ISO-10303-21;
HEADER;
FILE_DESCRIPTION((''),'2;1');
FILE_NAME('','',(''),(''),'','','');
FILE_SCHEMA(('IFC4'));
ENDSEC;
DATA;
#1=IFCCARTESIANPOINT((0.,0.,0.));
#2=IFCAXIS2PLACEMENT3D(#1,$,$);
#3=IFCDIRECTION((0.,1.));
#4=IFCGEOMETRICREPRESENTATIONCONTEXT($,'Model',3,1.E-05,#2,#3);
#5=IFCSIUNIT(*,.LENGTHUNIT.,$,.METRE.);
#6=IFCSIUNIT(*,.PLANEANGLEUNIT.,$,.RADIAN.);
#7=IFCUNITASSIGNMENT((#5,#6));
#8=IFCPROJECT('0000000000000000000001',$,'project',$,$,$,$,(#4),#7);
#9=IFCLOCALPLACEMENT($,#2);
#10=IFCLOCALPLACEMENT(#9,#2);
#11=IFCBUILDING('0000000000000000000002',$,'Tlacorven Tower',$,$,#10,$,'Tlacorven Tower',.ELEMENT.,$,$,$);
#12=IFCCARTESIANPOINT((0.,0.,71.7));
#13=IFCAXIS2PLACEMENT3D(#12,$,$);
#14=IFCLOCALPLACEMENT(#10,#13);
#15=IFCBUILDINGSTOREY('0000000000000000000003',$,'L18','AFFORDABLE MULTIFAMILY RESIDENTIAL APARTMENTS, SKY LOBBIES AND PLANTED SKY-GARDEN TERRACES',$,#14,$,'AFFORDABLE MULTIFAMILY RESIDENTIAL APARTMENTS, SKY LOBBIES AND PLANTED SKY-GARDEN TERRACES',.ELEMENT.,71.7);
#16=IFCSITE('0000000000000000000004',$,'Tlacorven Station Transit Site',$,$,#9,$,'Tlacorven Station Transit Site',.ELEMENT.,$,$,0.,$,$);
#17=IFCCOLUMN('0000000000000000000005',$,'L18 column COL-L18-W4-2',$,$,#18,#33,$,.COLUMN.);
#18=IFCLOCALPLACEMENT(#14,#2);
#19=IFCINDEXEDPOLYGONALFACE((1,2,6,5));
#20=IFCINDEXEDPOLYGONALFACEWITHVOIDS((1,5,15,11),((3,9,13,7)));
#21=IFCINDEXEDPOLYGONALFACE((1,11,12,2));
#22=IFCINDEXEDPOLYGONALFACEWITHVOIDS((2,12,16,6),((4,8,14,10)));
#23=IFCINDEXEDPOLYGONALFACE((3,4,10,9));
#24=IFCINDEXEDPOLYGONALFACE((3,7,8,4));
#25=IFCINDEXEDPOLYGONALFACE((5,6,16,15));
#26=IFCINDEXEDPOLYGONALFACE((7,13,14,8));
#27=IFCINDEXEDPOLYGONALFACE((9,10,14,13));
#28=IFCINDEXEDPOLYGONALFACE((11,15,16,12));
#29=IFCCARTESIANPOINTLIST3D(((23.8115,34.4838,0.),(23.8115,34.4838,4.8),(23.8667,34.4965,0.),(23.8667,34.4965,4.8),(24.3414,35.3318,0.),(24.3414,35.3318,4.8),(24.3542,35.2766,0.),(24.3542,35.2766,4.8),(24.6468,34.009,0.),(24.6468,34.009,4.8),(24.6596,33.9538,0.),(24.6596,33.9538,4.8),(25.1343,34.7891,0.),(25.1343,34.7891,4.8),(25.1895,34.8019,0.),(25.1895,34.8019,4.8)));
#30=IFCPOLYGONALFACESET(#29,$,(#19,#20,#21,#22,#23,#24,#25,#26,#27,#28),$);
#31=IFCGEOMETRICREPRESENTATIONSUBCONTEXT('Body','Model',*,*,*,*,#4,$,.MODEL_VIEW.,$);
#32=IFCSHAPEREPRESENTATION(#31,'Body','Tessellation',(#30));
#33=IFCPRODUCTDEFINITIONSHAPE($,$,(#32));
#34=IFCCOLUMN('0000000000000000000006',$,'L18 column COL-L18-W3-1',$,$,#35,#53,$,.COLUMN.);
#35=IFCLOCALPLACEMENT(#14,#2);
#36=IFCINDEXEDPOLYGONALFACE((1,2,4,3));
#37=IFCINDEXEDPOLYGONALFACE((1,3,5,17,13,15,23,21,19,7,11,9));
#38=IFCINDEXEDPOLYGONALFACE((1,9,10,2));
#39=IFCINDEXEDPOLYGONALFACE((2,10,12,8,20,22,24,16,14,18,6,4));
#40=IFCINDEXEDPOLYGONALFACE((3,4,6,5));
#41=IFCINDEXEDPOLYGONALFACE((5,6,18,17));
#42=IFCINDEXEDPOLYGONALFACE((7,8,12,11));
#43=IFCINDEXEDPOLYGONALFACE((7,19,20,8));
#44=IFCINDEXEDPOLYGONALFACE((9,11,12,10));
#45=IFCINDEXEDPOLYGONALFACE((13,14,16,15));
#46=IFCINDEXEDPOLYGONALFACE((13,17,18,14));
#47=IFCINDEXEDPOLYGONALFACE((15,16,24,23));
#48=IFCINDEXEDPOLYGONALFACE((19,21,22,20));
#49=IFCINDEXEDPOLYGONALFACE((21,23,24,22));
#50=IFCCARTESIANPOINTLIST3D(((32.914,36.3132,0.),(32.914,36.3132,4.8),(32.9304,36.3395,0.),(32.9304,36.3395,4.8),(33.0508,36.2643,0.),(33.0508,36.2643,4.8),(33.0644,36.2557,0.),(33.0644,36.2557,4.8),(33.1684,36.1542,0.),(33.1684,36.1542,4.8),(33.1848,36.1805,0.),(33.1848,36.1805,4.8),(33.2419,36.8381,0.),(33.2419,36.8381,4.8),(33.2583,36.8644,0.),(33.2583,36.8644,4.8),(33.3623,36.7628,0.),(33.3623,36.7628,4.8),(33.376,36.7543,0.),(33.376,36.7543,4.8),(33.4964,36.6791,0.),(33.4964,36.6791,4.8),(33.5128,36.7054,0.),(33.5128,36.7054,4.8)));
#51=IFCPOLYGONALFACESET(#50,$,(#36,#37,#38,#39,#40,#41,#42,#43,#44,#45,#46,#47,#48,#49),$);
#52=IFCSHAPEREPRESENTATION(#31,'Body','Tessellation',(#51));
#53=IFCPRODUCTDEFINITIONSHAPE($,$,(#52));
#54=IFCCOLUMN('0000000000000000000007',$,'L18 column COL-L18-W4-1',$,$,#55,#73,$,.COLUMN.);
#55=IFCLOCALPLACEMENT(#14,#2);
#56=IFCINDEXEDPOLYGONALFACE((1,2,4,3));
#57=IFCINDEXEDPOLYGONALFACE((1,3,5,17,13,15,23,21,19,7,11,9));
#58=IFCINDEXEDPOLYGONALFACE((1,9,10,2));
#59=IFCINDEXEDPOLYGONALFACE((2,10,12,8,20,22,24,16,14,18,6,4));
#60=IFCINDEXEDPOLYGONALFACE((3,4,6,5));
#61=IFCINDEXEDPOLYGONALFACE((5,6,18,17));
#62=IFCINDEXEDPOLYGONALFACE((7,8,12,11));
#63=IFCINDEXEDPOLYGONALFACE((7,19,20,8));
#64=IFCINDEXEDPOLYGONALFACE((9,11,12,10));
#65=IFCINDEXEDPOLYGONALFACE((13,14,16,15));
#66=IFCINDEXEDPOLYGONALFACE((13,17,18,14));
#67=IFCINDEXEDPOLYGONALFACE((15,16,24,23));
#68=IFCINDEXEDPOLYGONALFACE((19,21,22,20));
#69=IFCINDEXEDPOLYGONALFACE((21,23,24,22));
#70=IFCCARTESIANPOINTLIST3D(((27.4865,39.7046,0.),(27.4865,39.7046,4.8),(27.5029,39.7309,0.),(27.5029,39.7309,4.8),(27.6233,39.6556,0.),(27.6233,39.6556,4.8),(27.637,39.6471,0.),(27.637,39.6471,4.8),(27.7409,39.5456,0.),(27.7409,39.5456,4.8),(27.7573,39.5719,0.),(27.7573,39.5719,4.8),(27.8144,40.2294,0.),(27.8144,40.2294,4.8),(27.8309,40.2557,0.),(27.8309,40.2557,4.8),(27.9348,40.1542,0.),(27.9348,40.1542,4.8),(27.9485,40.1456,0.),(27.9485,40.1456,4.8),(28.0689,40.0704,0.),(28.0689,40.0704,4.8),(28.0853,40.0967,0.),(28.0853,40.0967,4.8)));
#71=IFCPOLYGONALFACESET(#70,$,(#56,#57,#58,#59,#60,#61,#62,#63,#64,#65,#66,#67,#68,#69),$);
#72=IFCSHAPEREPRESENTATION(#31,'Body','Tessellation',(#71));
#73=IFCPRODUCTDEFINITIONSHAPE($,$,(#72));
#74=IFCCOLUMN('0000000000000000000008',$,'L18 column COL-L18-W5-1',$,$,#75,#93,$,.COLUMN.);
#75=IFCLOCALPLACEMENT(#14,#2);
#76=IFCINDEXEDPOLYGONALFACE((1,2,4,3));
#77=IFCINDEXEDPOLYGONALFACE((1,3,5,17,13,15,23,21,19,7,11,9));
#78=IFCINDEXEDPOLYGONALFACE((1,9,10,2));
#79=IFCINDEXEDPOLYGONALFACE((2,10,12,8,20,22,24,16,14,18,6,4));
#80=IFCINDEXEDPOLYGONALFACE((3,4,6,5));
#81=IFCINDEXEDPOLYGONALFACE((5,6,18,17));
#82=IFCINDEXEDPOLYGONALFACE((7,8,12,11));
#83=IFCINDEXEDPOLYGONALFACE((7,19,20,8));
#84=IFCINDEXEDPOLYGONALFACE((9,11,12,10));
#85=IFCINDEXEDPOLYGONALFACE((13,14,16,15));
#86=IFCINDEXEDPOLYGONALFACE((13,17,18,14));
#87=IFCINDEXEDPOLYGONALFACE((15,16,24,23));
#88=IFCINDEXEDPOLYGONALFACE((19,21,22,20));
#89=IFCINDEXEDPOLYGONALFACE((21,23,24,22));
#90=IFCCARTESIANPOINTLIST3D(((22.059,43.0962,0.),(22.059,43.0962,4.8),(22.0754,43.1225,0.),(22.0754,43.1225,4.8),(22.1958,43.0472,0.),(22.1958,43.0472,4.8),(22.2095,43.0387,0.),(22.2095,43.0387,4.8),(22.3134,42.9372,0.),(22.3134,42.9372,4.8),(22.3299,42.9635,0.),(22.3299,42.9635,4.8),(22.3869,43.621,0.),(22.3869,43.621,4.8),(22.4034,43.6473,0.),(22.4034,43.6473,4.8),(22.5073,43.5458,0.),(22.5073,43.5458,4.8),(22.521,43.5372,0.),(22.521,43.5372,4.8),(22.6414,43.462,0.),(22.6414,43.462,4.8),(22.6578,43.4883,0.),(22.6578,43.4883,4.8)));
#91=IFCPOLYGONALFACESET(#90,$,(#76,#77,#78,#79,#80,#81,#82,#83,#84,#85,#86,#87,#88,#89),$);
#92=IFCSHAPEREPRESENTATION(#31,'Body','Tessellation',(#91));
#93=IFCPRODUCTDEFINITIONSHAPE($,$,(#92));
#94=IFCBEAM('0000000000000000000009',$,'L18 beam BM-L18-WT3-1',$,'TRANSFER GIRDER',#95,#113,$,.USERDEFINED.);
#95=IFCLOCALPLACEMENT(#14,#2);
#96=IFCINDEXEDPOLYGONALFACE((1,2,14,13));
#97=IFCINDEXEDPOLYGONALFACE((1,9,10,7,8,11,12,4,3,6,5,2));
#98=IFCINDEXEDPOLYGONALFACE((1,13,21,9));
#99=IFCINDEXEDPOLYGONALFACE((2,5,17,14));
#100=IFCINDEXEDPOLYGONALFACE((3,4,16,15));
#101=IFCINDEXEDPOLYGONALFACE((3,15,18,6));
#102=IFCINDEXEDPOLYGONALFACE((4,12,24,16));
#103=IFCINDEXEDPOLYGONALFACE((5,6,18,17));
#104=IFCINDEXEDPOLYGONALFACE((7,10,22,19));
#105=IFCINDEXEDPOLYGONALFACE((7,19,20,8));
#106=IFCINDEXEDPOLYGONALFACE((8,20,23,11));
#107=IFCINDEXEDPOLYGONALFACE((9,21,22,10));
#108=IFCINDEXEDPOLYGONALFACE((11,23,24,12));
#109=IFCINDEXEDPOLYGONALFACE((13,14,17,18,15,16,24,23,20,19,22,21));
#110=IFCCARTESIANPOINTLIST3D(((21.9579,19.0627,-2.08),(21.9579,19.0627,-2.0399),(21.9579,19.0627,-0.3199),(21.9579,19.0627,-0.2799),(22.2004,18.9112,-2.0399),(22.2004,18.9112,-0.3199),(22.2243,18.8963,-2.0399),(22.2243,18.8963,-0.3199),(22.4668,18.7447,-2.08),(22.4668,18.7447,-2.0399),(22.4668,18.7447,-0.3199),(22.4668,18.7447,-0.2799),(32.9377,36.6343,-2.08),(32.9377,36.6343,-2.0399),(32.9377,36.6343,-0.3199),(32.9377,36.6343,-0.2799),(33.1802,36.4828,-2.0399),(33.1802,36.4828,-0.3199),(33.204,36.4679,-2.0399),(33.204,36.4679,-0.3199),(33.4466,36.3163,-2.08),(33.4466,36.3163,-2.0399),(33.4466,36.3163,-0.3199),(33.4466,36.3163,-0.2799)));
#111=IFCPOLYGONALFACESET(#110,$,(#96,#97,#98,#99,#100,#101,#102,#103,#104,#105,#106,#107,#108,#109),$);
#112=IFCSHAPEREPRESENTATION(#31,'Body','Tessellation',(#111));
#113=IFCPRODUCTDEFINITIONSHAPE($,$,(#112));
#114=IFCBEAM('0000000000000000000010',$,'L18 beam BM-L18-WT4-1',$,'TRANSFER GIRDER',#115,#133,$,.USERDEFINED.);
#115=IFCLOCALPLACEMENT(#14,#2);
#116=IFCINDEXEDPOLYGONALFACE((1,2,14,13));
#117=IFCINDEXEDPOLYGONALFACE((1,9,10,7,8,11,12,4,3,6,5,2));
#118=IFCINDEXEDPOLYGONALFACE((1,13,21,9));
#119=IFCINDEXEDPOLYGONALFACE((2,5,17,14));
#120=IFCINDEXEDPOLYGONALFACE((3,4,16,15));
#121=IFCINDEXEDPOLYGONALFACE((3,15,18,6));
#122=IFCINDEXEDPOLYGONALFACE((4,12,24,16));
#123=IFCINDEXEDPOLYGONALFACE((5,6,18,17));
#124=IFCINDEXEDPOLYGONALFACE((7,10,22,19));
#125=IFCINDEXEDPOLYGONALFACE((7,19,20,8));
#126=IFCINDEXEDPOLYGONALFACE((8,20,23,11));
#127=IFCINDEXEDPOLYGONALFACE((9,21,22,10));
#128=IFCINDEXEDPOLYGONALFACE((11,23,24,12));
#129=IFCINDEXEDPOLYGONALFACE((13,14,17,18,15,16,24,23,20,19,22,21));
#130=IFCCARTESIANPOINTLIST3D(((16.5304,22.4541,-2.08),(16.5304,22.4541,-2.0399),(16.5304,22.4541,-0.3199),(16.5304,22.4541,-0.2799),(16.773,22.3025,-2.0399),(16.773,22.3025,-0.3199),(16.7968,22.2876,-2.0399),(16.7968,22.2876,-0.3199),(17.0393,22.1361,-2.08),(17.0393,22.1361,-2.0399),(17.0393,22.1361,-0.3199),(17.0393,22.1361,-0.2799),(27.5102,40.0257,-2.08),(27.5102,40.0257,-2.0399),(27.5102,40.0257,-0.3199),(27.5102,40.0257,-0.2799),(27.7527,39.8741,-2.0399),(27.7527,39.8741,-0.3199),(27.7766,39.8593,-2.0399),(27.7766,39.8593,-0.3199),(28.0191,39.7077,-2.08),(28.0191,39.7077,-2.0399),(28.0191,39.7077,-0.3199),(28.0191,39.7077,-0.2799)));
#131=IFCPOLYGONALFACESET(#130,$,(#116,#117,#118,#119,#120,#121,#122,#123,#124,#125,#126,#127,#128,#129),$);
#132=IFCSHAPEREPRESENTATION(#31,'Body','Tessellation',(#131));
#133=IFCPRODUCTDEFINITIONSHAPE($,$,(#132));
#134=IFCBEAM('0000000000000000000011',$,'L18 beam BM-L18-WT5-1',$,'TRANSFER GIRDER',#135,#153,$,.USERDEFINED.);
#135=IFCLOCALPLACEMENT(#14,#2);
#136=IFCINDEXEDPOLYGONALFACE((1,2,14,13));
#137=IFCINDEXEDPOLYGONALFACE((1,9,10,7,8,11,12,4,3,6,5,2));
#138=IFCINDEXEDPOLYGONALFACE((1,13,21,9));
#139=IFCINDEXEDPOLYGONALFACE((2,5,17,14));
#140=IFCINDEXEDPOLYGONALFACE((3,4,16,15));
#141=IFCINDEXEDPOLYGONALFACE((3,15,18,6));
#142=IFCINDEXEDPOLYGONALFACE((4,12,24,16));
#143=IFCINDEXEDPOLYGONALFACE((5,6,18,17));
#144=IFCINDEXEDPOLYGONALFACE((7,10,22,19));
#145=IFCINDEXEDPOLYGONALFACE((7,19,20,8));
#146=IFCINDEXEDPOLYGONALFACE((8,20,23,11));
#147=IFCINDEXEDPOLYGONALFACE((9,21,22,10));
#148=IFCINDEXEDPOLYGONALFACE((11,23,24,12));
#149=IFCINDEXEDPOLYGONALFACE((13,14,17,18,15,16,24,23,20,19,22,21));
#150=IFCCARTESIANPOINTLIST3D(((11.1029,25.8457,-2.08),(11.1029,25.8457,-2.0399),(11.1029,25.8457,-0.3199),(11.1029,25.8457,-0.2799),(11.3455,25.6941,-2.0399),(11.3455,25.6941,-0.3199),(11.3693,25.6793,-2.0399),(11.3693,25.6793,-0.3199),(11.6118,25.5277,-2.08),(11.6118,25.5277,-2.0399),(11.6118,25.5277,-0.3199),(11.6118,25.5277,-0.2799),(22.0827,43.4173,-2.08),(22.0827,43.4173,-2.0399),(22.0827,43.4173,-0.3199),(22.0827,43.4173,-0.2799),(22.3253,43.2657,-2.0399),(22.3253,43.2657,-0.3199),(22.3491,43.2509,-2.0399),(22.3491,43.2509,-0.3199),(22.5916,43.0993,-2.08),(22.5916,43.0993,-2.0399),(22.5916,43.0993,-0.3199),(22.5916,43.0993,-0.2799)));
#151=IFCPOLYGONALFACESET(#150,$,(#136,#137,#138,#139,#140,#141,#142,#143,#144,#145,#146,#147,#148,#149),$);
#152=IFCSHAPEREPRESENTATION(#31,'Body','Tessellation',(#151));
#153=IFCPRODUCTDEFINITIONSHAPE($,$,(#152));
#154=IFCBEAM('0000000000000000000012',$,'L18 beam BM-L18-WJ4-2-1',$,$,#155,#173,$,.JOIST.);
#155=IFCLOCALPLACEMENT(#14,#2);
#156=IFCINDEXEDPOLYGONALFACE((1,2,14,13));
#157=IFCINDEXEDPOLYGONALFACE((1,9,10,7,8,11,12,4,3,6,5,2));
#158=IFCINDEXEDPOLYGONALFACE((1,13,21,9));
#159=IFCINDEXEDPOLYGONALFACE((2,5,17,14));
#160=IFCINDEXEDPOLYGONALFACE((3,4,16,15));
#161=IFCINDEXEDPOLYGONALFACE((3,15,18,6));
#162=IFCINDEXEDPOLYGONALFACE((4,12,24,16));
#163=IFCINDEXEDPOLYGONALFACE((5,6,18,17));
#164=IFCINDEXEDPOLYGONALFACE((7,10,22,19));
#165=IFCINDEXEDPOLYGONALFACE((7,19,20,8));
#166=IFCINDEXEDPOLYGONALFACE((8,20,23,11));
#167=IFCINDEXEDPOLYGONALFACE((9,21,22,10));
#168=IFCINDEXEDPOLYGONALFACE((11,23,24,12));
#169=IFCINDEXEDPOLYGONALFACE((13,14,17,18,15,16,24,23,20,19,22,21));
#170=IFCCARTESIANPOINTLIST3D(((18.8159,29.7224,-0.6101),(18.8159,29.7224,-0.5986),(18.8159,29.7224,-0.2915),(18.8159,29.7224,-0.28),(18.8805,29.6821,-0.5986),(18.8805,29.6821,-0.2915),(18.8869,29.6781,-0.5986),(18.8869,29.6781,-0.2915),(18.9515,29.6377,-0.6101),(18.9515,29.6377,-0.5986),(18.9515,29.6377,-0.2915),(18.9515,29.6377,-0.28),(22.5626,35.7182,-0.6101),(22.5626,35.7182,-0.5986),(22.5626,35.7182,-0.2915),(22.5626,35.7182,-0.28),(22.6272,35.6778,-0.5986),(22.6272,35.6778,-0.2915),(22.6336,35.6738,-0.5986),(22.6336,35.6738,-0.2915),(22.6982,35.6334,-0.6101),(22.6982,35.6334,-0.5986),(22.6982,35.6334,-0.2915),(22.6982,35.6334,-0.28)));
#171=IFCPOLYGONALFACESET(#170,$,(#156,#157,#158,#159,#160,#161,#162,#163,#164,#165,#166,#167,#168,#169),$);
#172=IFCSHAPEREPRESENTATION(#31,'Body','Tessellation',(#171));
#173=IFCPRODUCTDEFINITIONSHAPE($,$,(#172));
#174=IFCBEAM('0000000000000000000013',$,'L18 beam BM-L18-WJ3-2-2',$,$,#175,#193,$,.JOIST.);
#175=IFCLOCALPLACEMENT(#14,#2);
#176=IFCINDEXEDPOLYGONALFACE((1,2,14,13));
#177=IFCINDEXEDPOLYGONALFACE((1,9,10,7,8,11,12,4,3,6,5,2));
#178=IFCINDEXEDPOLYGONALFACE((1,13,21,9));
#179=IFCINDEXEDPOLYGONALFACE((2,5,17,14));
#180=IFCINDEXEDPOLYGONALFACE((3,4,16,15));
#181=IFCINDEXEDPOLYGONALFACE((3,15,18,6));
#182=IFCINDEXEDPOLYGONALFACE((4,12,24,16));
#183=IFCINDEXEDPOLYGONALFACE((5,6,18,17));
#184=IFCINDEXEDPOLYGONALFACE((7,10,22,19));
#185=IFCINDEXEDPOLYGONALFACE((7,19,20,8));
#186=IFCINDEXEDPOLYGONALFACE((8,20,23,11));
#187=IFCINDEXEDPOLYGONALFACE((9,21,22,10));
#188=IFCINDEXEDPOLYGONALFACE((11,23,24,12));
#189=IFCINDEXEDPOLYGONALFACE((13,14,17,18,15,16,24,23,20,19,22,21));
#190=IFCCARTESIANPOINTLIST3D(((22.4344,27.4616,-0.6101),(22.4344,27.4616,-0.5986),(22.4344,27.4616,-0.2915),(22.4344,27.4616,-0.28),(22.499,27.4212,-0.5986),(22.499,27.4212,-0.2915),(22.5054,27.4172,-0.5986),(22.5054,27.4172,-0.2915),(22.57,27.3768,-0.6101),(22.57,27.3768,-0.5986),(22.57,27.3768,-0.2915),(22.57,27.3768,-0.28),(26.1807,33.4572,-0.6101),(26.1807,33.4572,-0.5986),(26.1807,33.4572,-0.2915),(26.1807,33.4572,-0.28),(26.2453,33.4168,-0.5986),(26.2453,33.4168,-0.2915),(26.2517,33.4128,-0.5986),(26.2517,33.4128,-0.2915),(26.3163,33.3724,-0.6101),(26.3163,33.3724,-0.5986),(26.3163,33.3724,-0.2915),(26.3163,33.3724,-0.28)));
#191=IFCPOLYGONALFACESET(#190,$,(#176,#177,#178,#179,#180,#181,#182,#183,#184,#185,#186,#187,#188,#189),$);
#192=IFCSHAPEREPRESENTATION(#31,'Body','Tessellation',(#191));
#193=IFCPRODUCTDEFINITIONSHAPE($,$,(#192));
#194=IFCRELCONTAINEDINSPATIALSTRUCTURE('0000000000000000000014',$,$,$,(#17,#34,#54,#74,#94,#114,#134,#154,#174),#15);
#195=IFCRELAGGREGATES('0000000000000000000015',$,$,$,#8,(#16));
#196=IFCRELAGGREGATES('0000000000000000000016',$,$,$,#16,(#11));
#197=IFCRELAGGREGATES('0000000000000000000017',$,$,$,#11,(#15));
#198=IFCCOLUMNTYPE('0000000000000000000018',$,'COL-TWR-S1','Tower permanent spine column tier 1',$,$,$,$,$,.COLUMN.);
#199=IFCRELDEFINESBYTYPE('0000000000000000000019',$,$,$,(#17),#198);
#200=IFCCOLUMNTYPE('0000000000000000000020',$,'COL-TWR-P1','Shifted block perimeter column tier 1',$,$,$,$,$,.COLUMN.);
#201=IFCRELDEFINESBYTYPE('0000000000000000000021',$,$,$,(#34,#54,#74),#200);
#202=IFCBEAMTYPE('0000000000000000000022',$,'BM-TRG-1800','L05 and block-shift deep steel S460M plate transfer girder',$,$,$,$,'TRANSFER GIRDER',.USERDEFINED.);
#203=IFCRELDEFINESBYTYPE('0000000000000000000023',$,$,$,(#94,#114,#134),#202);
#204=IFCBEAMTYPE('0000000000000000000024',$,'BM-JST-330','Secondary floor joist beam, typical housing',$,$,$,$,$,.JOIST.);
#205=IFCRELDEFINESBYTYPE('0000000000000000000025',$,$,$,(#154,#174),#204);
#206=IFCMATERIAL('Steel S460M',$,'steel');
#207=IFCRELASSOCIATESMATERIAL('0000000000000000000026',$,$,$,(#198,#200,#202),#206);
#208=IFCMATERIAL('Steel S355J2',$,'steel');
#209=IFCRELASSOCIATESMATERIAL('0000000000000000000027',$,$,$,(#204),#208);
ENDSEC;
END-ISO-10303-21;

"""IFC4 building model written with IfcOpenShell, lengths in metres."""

from ifc_helpers import new_model, si_unit, direction, frame, origin, origin_2d, place, context, subcontext, project, spatial, hollow_rectangle, i_section, extrude, source, transform, mapped, material, material_profile, profile_set, type_object, element, save


model = new_model("IFC4")

# Units and contexts
model_context = context("Model", 3, precision=1e-05, world=origin(), true_north=direction((0.0, 1.0)))
body_context = subcontext(model_context, "Body", "Model", "MODEL_VIEW")
ifc_project = project(units=[si_unit("LENGTHUNIT", "METRE"), si_unit("PLANEANGLEUNIT", "RADIAN")], contexts=[model_context])

# Site, building, storey
site_placement = place(None, origin())
site = spatial("IfcSite", under=ifc_project, at=site_placement, Name="Tlacorven Station Transit Site", LongName="Tlacorven Station Transit Site", CompositionType="ELEMENT", RefElevation=0.0)
building_placement = place(site_placement, origin())
building = spatial("IfcBuilding", under=site, at=building_placement, Name="Tlacorven Tower", LongName="Tlacorven Tower", CompositionType="ELEMENT")
storey_placement = place(building_placement, frame((0.0, 0.0, 71.7)))
storey = spatial("IfcBuildingStorey", under=building, at=storey_placement, Name="L18", Description="AFFORDABLE MULTIFAMILY RESIDENTIAL APARTMENTS, SKY LOBBIES AND PLANTED SKY-GARDEN TERRACES", LongName="AFFORDABLE MULTIFAMILY RESIDENTIAL APARTMENTS, SKY LOBBIES AND PLANTED SKY-GARDEN TERRACES", CompositionType="ELEMENT", Elevation=71.7)

# Columns
ifc_material_1 = material(Name="Steel S460M", Category="steel")
ifc_material_profile_1 = material_profile(ifc_material_1, hollow_rectangle(XDim=1.0, YDim=1.0, WallThickness=0.04, at=origin_2d()), Name="BOX 1000X1000X40")
ifc_profile_set_1 = profile_set([ifc_material_profile_1], Name="Steel S460M")
column_type_1 = type_object("IfcColumnType", Name="COL-TWR-S1", Description="Tower permanent spine column tier 1", PredefinedType="COLUMN", material=ifc_profile_set_1)
shared_shape_1 = source(origin(), body_context, "Body", "SweptSolid", [
    extrude(hollow_rectangle(XDim=1.0, YDim=1.0, WallThickness=0.04, at=origin_2d()), origin(), (0.0, 0.0, 1.0), 4.8),
])
column_placement = place(storey_placement, frame((24.5005, 34.6428, 0.0), z_axis=(0.0, 0.0, 1.0), x_axis=(-0.848048, 0.529919, 0.0)))
element("IfcColumn", 1, at=column_placement, inside=storey, type_object=column_type_1, Name="L18 column COL-L18-W4-2", PredefinedType="COLUMN", context=body_context, shape_type="MappedRepresentation", body=[
    mapped(shared_shape_1, transform((0.0, 0.0, 0.0), scale=1.0)),
])
ifc_material_profile_2 = material_profile(ifc_material_1, i_section(OverallWidth=0.3, OverallDepth=0.6499, WebThickness=0.0161, FlangeThickness=0.031, at=origin_2d()), Name="HEB 650")
ifc_profile_set_2 = profile_set([ifc_material_profile_2], Name="Steel S460M")
column_type_2 = type_object("IfcColumnType", Name="COL-TWR-P1", Description="Shifted block perimeter column tier 1", PredefinedType="COLUMN", material=ifc_profile_set_2)
shared_shape_2 = source(origin(), body_context, "Body", "SweptSolid", [
    extrude(i_section(OverallWidth=0.3, OverallDepth=0.6499, WebThickness=0.0161, FlangeThickness=0.031, at=origin_2d()), origin(), (0.0, 0.0, 1.0), 4.8),
])
for number, where, z_axis, x_axis, name in (
    (2, (33.2134, 36.5093, 0.0), (0.0, 0.0, 1.0), (-0.848048, 0.529919, 0.0), "L18 column COL-L18-W3-1"),
    (3, (27.7859, 39.9006, 0.0), (0.0, 0.0, 1.0), (-0.848048, 0.529919, 0.0), "L18 column COL-L18-W4-1"),
    (4, (22.3584, 43.2922, 0.0), (0.0, 0.0, 1.0), (-0.848048, 0.529919, 0.0), "L18 column COL-L18-W5-1"),
):
    element("IfcColumn", number, at=place(storey_placement, frame(where, z_axis=z_axis, x_axis=x_axis)), inside=storey, type_object=column_type_2, Name=name, PredefinedType="COLUMN", context=body_context, shape_type="MappedRepresentation", body=[
        mapped(shared_shape_2, transform((0.0, 0.0, 0.0), scale=1.0)),
    ])

# Beams
ifc_material_profile_3 = material_profile(ifc_material_1, i_section(OverallWidth=0.6001, OverallDepth=1.8, WebThickness=0.0281, FlangeThickness=0.04, at=origin_2d()), Name="PG 1800X600X28X40")
ifc_profile_set_3 = profile_set([ifc_material_profile_3], Name="Steel S460M")
beam_type_1 = type_object("IfcBeamType", Name="BM-TRG-1800", Description="L05 and block-shift deep steel S460M plate transfer girder", ElementType="TRANSFER GIRDER", PredefinedType="USERDEFINED", material=ifc_profile_set_3)
shared_shape_3 = source(origin(), body_context, "Body", "SweptSolid", [
    extrude(i_section(OverallWidth=0.6001, OverallDepth=1.8, WebThickness=0.0281, FlangeThickness=0.04, at=origin_2d()), origin(), (0.0, 0.0, 1.0), 20.72),
])
for number, where, z_axis, x_axis, name in (
    (5, (33.1921, 36.4753, -1.1799), (-0.529913, -0.848052, 0.0), (0.848052, -0.529913, 0.0), "L18 beam BM-L18-WT3-1"),
    (6, (27.7646, 39.8667, -1.1799), (-0.529913, -0.848052, 0.0), (0.848052, -0.529913, 0.0), "L18 beam BM-L18-WT4-1"),
    (7, (22.3372, 43.2583, -1.1799), (-0.529913, -0.848052, 0.0), (0.848052, -0.529913, 0.0), "L18 beam BM-L18-WT5-1"),
):
    element("IfcBeam", number, at=place(storey_placement, frame(where, z_axis=z_axis, x_axis=x_axis)), inside=storey, type_object=beam_type_1, Name=name, ObjectType="TRANSFER GIRDER", PredefinedType="USERDEFINED", context=body_context, shape_type="MappedRepresentation", body=[
        mapped(shared_shape_3, transform((0.0, 0.0, 0.0), scale=1.0)),
    ])
ifc_material_2 = material(Name="Steel S355J2", Category="steel")
ifc_material_profile_4 = material_profile(ifc_material_2, i_section(OverallWidth=0.1599, OverallDepth=0.3301, WebThickness=0.0076, FlangeThickness=0.0115, at=origin_2d()), Name="IPE 330")
ifc_profile_set_4 = profile_set([ifc_material_profile_4], Name="Steel S355J2")
beam_type_2 = type_object("IfcBeamType", Name="BM-JST-330", Description="Secondary floor joist beam, typical housing", PredefinedType="JOIST", material=ifc_profile_set_4)
shared_shape_4 = source(origin(), body_context, "Body", "SweptSolid", [
    extrude(i_section(OverallWidth=0.1599, OverallDepth=0.3301, WebThickness=0.0076, FlangeThickness=0.0115, at=origin_2d()), origin(), (0.0, 0.0, 1.0), 7.0701),
])
beam_1_placement = place(storey_placement, frame((22.6304, 35.6758, -0.4451), z_axis=(-0.529931, -0.848041, 0.0), x_axis=(0.848041, -0.529931, 0.0)))
element("IfcBeam", 8, at=beam_1_placement, inside=storey, type_object=beam_type_2, Name="L18 beam BM-L18-WJ4-2-1", PredefinedType="JOIST", context=body_context, shape_type="MappedRepresentation", body=[
    mapped(shared_shape_4, transform((0.0, 0.0, 0.0), scale=1.0)),
])
shared_shape_5 = source(origin(), body_context, "Body", "SweptSolid", [
    extrude(i_section(OverallWidth=0.1599, OverallDepth=0.3301, WebThickness=0.0076, FlangeThickness=0.0115, at=origin_2d()), origin(), (0.0, 0.0, 1.0), 7.0698),
])
beam_2_placement = place(storey_placement, frame((26.2485, 33.4148, -0.4451), z_axis=(-0.529906, -0.848057, 0.0), x_axis=(0.848057, -0.529906, 0.0)))
element("IfcBeam", 9, at=beam_2_placement, inside=storey, type_object=beam_type_2, Name="L18 beam BM-L18-WJ3-2-2", PredefinedType="JOIST", context=body_context, shape_type="MappedRepresentation", body=[
    mapped(shared_shape_5, transform((0.0, 0.0, 0.0), scale=1.0)),
])

save(model, "model.ifc")
